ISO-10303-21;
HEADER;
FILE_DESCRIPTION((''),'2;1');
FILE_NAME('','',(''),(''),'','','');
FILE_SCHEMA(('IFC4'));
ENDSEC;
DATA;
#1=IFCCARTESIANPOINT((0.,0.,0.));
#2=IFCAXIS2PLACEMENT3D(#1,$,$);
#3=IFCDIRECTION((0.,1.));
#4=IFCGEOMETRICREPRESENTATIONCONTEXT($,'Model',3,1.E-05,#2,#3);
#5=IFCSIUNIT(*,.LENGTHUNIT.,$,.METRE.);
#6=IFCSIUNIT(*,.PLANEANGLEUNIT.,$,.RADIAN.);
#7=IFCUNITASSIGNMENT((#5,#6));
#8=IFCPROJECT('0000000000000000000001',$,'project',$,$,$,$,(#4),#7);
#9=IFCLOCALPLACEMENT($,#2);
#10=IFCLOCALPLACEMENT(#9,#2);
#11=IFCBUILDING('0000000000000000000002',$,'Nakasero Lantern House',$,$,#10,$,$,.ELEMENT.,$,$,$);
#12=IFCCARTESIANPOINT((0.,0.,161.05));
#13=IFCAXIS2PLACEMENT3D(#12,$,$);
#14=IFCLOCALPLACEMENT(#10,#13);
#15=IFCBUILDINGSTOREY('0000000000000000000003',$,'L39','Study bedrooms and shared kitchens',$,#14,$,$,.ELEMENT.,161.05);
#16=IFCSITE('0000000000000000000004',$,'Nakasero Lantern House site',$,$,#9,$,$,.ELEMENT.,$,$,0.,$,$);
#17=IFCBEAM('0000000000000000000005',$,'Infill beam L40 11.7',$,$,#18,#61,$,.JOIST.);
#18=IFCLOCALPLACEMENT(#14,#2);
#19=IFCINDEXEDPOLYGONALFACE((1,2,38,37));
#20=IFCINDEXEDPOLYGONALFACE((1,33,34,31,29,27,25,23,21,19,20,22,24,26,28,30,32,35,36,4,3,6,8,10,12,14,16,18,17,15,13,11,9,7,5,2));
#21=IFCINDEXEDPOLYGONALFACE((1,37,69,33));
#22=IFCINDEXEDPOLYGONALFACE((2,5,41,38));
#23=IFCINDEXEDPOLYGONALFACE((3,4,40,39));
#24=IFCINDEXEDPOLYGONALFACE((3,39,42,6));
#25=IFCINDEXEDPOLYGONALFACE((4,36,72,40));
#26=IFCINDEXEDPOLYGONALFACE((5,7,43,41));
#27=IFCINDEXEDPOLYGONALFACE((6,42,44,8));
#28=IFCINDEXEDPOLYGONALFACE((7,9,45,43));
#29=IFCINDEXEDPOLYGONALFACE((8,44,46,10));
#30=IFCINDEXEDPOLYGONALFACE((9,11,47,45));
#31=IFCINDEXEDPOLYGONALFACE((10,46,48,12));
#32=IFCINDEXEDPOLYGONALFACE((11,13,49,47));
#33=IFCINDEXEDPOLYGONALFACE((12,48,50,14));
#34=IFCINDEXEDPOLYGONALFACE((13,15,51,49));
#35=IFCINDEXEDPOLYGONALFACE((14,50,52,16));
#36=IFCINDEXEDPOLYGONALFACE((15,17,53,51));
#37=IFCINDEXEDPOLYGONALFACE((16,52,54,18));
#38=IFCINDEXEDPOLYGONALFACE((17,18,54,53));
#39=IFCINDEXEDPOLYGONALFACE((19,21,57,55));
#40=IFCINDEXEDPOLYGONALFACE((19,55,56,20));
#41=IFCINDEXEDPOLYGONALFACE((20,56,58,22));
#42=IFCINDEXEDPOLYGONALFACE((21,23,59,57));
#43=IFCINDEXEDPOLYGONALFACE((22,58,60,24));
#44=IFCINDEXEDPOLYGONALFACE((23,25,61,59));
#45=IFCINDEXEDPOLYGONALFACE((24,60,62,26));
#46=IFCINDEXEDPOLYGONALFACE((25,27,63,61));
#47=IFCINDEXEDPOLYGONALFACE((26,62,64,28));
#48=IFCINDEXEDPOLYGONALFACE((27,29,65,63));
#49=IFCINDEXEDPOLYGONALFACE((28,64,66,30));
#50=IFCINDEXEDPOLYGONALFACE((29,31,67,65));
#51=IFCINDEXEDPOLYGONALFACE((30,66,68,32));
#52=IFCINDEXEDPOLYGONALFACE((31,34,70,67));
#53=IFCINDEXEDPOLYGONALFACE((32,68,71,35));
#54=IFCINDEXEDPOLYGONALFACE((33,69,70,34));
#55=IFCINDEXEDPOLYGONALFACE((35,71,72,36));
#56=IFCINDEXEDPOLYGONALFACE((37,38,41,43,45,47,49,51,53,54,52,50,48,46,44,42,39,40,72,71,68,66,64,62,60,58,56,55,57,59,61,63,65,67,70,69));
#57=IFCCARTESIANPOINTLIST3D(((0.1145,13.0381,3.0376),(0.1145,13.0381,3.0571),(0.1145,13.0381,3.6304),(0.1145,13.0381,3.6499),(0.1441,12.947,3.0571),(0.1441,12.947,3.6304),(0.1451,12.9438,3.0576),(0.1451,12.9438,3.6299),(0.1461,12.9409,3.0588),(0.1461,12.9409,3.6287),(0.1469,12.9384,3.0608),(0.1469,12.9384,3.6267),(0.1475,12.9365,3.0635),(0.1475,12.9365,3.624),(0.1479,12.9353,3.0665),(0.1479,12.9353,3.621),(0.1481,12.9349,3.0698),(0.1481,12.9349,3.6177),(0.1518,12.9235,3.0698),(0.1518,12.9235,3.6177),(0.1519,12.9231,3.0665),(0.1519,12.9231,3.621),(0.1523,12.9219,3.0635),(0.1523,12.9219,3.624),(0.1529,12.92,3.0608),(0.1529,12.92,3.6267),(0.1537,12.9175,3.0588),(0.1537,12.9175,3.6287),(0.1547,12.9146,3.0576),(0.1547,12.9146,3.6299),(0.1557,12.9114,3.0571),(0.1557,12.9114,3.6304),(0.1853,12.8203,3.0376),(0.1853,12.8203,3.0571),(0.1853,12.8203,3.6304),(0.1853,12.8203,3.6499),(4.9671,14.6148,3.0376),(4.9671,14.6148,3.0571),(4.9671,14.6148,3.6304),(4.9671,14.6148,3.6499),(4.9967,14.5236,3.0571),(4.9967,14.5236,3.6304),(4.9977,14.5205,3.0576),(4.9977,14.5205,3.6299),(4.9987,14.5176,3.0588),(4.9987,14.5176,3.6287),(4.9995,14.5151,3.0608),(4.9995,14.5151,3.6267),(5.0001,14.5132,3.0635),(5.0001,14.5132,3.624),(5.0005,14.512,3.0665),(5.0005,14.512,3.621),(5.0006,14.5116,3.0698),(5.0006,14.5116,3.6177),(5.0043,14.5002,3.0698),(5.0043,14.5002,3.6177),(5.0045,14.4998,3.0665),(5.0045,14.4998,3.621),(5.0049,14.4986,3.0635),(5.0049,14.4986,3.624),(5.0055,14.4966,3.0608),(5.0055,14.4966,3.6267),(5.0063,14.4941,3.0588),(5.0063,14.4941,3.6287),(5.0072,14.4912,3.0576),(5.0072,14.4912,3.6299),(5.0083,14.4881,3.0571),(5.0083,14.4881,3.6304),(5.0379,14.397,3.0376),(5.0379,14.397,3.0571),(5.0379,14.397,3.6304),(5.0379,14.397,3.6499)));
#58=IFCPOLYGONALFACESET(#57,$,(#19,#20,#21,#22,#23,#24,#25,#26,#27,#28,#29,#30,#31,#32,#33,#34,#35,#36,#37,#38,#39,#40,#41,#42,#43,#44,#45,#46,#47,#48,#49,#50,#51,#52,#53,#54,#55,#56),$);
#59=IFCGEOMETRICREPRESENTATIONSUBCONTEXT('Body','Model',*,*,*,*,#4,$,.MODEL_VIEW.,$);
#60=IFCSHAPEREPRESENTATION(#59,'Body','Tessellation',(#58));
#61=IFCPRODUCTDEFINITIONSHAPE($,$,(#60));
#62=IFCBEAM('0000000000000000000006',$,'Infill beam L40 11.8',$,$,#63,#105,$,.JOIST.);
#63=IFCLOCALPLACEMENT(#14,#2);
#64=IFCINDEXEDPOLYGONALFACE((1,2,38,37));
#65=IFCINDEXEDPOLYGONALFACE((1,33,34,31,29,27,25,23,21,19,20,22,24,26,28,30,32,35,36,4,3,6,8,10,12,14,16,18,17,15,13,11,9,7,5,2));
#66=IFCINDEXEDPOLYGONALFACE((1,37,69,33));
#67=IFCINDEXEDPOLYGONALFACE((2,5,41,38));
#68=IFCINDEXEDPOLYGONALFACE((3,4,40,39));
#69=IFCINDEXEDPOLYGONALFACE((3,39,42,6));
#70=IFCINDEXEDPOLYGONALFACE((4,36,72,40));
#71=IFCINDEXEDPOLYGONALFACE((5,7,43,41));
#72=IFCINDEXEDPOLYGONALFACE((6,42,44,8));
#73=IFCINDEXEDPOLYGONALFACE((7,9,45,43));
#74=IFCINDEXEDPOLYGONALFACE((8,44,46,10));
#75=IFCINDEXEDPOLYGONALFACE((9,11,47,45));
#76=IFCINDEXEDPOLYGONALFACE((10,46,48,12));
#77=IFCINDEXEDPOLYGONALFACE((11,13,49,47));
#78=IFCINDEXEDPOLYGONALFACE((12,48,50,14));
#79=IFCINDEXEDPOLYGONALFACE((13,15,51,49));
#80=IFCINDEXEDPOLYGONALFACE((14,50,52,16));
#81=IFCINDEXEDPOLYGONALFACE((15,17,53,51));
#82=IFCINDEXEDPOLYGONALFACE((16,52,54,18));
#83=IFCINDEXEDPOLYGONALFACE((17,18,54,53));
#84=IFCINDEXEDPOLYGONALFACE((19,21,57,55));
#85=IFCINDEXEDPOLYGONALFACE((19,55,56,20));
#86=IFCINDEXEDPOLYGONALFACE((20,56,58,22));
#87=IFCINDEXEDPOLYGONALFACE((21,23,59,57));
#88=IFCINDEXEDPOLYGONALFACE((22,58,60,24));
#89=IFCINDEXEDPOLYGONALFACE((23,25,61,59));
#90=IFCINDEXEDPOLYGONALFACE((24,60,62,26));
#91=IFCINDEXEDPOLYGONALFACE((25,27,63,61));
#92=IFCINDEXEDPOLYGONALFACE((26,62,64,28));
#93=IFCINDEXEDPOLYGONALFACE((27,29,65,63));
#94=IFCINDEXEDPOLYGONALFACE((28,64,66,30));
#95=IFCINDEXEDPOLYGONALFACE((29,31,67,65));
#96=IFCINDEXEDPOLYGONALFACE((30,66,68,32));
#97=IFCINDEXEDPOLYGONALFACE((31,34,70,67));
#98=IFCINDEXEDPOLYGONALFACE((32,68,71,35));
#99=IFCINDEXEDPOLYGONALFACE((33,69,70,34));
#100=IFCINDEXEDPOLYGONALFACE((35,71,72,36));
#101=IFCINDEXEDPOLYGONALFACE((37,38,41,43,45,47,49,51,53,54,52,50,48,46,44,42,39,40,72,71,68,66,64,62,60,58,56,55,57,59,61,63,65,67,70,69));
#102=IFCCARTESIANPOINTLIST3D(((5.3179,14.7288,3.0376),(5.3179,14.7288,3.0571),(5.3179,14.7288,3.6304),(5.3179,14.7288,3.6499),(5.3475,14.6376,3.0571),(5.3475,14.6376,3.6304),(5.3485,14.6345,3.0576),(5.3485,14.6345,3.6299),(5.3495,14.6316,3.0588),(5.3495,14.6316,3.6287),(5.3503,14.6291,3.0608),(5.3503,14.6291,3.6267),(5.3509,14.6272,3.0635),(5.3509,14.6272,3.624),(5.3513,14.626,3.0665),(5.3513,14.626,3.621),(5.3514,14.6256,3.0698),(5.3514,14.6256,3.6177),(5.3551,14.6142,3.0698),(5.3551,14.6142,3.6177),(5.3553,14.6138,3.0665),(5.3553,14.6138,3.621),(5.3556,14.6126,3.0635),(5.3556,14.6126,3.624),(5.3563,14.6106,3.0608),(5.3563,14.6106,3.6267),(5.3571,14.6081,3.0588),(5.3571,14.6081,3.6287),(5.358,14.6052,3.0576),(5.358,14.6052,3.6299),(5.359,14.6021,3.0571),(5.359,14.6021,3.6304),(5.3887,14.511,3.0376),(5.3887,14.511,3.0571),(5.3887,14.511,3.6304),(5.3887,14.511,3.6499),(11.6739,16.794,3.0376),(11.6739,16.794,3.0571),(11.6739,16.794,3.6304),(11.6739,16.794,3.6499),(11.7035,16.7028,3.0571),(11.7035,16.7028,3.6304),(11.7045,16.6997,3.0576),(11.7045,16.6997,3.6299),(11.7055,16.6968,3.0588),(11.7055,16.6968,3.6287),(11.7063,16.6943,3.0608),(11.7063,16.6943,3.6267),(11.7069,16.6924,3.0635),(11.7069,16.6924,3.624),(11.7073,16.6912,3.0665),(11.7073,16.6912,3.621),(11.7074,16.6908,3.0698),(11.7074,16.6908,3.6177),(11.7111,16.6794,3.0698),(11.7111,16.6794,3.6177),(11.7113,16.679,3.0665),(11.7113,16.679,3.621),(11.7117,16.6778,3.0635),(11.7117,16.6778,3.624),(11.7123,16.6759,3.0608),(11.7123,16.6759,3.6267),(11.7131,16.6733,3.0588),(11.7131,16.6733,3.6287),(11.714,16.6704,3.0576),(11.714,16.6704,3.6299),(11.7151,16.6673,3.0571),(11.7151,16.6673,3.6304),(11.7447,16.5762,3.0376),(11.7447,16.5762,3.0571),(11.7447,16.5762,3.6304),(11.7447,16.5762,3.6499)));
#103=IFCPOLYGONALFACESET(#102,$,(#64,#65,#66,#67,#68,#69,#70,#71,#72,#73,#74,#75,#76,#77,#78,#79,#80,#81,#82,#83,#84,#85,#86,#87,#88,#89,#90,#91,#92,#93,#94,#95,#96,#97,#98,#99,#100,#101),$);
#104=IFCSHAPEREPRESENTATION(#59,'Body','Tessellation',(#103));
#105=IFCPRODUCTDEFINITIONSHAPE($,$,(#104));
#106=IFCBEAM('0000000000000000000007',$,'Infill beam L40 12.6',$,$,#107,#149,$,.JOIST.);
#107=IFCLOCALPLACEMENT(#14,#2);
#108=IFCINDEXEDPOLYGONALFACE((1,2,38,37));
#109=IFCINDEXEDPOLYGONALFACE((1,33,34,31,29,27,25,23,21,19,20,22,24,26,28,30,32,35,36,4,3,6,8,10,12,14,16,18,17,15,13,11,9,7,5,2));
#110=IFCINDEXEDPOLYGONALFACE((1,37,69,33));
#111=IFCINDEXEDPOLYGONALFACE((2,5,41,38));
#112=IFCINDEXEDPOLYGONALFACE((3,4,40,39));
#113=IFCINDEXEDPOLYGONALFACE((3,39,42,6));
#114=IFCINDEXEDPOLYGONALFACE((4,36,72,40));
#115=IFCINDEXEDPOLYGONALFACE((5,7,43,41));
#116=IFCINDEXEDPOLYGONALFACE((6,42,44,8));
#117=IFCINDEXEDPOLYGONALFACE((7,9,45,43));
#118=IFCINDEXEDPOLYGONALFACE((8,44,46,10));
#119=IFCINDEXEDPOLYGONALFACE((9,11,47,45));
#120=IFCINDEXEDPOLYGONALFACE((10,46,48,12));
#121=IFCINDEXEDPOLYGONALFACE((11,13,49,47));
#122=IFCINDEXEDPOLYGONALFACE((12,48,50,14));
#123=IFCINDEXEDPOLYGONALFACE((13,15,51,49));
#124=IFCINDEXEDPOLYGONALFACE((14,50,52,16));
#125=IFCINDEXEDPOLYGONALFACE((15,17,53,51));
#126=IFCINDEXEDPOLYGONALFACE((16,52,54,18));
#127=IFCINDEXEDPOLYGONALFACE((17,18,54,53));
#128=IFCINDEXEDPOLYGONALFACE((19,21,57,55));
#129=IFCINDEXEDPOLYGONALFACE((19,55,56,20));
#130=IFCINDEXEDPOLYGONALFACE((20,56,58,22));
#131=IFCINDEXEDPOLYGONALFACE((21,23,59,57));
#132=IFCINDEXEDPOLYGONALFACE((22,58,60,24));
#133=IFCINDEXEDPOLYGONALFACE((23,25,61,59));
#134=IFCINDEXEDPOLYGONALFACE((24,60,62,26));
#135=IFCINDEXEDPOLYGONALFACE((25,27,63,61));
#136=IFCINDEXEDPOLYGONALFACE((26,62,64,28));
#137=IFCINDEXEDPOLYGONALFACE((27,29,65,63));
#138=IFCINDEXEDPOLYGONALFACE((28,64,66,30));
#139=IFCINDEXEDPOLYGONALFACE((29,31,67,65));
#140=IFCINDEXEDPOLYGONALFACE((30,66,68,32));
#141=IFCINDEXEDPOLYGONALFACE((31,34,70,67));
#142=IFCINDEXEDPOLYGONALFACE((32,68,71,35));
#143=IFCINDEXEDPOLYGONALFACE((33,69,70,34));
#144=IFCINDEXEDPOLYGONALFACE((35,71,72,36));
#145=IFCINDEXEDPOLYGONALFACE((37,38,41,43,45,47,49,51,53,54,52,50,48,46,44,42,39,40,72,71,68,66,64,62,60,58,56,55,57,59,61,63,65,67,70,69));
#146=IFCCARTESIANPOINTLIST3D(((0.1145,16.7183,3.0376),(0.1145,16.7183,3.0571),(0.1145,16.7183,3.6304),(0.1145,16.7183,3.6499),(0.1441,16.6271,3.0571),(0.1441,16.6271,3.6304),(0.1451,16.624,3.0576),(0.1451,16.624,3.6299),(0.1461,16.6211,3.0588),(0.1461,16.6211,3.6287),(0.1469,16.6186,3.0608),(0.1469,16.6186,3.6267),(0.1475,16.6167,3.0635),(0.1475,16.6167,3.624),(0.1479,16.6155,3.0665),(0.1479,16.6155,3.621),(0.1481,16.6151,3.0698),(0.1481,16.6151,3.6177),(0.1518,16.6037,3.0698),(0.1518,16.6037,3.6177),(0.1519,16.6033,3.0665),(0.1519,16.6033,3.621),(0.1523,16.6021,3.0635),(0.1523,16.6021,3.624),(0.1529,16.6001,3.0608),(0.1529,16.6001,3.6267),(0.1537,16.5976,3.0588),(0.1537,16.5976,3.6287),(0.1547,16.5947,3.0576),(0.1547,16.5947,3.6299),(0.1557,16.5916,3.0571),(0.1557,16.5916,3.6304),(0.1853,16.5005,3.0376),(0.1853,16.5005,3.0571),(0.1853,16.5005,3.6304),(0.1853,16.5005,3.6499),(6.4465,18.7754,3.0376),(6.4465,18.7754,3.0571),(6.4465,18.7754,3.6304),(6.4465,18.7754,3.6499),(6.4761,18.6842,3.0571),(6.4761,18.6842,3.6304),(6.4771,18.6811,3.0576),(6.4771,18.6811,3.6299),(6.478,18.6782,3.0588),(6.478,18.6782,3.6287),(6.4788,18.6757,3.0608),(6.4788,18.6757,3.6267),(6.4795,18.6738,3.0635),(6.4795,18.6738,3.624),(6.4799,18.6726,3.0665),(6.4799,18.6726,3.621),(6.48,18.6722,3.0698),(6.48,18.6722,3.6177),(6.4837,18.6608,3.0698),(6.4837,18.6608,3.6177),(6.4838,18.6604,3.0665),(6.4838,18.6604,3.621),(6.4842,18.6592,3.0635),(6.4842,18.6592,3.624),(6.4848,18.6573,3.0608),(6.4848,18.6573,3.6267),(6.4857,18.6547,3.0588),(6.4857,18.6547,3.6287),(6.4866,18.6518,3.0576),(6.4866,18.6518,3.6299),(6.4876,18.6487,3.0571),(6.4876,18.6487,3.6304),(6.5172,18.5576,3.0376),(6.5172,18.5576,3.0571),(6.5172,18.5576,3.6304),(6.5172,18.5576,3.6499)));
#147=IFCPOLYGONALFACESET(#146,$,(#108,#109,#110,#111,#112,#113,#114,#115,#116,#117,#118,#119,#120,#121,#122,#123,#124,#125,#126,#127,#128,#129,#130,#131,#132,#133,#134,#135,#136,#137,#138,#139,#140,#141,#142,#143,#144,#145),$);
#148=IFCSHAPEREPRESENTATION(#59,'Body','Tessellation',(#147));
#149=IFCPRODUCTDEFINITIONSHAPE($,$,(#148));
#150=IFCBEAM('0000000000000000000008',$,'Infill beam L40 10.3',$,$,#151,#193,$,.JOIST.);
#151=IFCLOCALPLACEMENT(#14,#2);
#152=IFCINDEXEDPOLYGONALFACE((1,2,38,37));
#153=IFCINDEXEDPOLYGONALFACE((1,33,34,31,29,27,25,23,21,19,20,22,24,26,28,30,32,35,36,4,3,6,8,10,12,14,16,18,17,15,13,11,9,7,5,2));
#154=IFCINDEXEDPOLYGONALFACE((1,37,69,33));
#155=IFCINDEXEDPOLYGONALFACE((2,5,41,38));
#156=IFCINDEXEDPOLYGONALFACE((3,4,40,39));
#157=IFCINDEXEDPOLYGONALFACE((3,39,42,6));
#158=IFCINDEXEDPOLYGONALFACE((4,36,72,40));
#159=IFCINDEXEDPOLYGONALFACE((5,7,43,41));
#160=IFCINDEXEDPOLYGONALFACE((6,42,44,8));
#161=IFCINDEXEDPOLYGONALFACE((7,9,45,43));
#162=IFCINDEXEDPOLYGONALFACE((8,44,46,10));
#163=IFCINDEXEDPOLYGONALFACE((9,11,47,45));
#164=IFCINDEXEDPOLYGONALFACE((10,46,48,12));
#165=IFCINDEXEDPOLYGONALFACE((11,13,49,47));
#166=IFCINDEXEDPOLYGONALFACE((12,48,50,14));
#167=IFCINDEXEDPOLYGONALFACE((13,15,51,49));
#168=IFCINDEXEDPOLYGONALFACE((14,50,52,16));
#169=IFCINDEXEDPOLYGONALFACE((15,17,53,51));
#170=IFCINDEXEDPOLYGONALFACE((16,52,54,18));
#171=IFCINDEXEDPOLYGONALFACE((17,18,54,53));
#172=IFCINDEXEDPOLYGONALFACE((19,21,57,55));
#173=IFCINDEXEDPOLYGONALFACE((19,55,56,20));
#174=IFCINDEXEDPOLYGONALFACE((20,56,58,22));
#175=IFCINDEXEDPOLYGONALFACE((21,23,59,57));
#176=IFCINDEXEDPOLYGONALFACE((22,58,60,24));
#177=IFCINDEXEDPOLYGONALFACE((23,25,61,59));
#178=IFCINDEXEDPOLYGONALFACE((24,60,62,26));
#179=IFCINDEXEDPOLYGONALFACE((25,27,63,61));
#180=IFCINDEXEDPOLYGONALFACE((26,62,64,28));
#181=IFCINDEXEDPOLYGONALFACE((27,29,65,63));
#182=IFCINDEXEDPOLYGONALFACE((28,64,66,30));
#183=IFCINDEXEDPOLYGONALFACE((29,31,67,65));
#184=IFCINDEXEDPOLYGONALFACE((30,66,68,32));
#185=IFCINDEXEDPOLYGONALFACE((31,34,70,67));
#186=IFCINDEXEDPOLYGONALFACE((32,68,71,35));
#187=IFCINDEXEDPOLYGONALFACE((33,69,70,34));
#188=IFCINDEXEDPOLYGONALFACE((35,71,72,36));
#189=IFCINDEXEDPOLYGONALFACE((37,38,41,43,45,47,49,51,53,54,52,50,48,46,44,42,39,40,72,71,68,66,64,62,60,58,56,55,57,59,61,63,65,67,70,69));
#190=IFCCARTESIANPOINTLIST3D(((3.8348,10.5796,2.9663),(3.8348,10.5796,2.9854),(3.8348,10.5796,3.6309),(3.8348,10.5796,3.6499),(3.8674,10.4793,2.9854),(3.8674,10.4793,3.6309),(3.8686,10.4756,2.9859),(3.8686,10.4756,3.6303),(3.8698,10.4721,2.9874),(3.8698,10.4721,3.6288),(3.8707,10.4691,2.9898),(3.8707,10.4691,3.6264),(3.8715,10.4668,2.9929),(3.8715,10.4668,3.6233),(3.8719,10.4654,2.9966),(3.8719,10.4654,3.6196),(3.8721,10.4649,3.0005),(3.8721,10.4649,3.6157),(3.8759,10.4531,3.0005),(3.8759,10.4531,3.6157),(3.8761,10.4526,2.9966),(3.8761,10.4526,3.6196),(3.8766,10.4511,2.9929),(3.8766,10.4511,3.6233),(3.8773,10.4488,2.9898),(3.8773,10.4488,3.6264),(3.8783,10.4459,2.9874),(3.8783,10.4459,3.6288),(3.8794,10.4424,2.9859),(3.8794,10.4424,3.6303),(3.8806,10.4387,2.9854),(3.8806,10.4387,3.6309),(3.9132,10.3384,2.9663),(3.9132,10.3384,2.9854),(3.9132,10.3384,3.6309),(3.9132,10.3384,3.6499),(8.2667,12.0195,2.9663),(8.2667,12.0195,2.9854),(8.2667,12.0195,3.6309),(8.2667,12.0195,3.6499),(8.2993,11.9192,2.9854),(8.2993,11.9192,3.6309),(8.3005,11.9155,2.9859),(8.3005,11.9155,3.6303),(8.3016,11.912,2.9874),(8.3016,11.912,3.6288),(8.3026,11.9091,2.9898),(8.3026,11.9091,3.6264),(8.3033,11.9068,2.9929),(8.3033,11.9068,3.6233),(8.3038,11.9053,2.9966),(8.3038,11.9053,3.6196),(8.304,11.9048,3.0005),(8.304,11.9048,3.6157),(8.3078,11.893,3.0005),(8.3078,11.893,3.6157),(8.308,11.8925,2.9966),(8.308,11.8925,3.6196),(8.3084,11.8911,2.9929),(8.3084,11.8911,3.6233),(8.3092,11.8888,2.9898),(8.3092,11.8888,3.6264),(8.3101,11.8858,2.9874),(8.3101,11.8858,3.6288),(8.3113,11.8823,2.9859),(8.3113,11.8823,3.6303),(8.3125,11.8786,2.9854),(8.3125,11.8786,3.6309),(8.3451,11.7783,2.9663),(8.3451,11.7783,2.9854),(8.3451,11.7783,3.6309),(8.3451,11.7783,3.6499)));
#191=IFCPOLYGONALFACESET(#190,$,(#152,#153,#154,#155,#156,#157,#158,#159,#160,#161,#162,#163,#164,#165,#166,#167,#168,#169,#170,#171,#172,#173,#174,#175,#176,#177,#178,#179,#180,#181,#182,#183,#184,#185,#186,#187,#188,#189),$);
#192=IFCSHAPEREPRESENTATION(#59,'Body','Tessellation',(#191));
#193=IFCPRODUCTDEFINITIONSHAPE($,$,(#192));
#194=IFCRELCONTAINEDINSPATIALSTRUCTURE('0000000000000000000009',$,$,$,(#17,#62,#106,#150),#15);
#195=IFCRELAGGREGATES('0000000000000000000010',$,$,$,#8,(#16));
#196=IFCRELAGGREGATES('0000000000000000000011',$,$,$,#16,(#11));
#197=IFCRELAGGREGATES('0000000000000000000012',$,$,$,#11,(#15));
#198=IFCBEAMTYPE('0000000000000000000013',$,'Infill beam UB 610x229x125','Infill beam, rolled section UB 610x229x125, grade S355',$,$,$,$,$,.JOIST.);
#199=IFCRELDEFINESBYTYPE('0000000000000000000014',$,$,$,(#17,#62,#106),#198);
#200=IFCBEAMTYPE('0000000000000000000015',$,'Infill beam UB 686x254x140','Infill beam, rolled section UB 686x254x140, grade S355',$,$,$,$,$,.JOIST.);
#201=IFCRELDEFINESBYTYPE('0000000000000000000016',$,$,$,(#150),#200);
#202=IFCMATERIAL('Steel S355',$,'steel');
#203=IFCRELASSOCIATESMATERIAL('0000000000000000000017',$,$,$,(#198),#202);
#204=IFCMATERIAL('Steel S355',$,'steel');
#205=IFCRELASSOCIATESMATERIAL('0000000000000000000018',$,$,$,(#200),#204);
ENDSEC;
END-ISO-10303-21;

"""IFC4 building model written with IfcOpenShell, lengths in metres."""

from ifc_helpers import new_model, si_unit, direction, frame, origin, origin_2d, place, context, subcontext, project, spatial, i_section, extrude, material, material_profile, profile_set, type_object, element, save


model = new_model("IFC4")

# Units and contexts
model_context = context("Model", 3, precision=1e-05, world=origin(), true_north=direction((0.0, 1.0)))
body_context = subcontext(model_context, "Body", "Model", "MODEL_VIEW")
ifc_project = project(units=[si_unit("LENGTHUNIT", "METRE"), si_unit("PLANEANGLEUNIT", "RADIAN")], contexts=[model_context])

# Site, building, storey
site_placement = place(None, origin())
site = spatial("IfcSite", under=ifc_project, at=site_placement, Name="Nakasero Lantern House site", CompositionType="ELEMENT", RefElevation=0.0)
building_placement = place(site_placement, origin())
building = spatial("IfcBuilding", under=site, at=building_placement, Name="Nakasero Lantern House", CompositionType="ELEMENT")
storey_placement = place(building_placement, frame((0.0, 0.0, 161.05)))
storey = spatial("IfcBuildingStorey", under=building, at=storey_placement, Name="L39", Description="Study bedrooms and shared kitchens", CompositionType="ELEMENT", Elevation=161.05)

# Beams
ifc_material_1 = material(Name="Steel S355", Category="steel")
ifc_material_profile_1 = material_profile(ifc_material_1, i_section(OverallWidth=0.229, OverallDepth=0.6123, WebThickness=0.012, FlangeThickness=0.0195, FilletRadius=0.0127, at=origin_2d()), Name="UB 610x229x125")
ifc_profile_set_1 = profile_set([ifc_material_profile_1], Name="Steel S355")
beam_type_1 = type_object("IfcBeamType", Name="Infill beam UB 610x229x125", Description="Infill beam, rolled section UB 610x229x125, grade S355", PredefinedType="JOIST", material=ifc_profile_set_1)
beam_1_placement = place(storey_placement, frame((0.1499, 12.9292, 3.3438), z_axis=(0.951058, 0.309012, 0.0), x_axis=(-0.309012, 0.951058, 0.0)))
element("IfcBeam", 1, at=beam_1_placement, inside=storey, type_object=beam_type_1, Name="Infill beam L40 11.7", PredefinedType="JOIST", context=body_context, shape_type="SweptSolid", body=[
    extrude(i_section(OverallWidth=0.229, OverallDepth=0.6123, WebThickness=0.012, FlangeThickness=0.0195, FilletRadius=0.0127, at=origin_2d()), origin(), (0.0, 0.0, 1.0), 5.1023),
])
beam_2_placement = place(storey_placement, frame((5.3533, 14.6199, 3.3438), z_axis=(0.951056, 0.309018, 0.0), x_axis=(-0.309018, 0.951056, 0.0)))
element("IfcBeam", 2, at=beam_2_placement, inside=storey, type_object=beam_type_1, Name="Infill beam L40 11.8", PredefinedType="JOIST", context=body_context, shape_type="SweptSolid", body=[
    extrude(i_section(OverallWidth=0.229, OverallDepth=0.6123, WebThickness=0.012, FlangeThickness=0.0195, FilletRadius=0.0127, at=origin_2d()), origin(), (0.0, 0.0, 1.0), 6.6831),
])
beam_3_placement = place(storey_placement, frame((0.1499, 16.6094, 3.3438), z_axis=(0.951069, 0.30898, 0.0), x_axis=(-0.30898, 0.951069, 0.0)))
element("IfcBeam", 3, at=beam_3_placement, inside=storey, type_object=beam_type_1, Name="Infill beam L40 12.6", PredefinedType="JOIST", context=body_context, shape_type="SweptSolid", body=[
    extrude(i_section(OverallWidth=0.229, OverallDepth=0.6123, WebThickness=0.012, FlangeThickness=0.0195, FilletRadius=0.0127, at=origin_2d()), origin(), (0.0, 0.0, 1.0), 6.6577),
])
ifc_material_2 = material(Name="Steel S355", Category="steel")
ifc_material_profile_2 = material_profile(ifc_material_2, i_section(OverallWidth=0.2537, OverallDepth=0.6836, WebThickness=0.0125, FlangeThickness=0.019, FilletRadius=0.0151, at=origin_2d()), Name="UB 686x254x140")
ifc_profile_set_2 = profile_set([ifc_material_profile_2], Name="Steel S355")
beam_type_2 = type_object("IfcBeamType", Name="Infill beam UB 686x254x140", Description="Infill beam, rolled section UB 686x254x140, grade S355", PredefinedType="JOIST", material=ifc_profile_set_2)
beam_4_placement = place(storey_placement, frame((3.874, 10.459, 3.3081), z_axis=(0.951061, 0.309004, 0.0), x_axis=(-0.309004, 0.951061, 0.0)))
element("IfcBeam", 4, at=beam_4_placement, inside=storey, type_object=beam_type_2, Name="Infill beam L40 10.3", PredefinedType="JOIST", context=body_context, shape_type="SweptSolid", body=[
    extrude(i_section(OverallWidth=0.2537, OverallDepth=0.6836, WebThickness=0.0125, FlangeThickness=0.019, FilletRadius=0.0151, at=origin_2d()), origin(), (0.0, 0.0, 1.0), 4.6599),
])

save(model, "model.ifc")
